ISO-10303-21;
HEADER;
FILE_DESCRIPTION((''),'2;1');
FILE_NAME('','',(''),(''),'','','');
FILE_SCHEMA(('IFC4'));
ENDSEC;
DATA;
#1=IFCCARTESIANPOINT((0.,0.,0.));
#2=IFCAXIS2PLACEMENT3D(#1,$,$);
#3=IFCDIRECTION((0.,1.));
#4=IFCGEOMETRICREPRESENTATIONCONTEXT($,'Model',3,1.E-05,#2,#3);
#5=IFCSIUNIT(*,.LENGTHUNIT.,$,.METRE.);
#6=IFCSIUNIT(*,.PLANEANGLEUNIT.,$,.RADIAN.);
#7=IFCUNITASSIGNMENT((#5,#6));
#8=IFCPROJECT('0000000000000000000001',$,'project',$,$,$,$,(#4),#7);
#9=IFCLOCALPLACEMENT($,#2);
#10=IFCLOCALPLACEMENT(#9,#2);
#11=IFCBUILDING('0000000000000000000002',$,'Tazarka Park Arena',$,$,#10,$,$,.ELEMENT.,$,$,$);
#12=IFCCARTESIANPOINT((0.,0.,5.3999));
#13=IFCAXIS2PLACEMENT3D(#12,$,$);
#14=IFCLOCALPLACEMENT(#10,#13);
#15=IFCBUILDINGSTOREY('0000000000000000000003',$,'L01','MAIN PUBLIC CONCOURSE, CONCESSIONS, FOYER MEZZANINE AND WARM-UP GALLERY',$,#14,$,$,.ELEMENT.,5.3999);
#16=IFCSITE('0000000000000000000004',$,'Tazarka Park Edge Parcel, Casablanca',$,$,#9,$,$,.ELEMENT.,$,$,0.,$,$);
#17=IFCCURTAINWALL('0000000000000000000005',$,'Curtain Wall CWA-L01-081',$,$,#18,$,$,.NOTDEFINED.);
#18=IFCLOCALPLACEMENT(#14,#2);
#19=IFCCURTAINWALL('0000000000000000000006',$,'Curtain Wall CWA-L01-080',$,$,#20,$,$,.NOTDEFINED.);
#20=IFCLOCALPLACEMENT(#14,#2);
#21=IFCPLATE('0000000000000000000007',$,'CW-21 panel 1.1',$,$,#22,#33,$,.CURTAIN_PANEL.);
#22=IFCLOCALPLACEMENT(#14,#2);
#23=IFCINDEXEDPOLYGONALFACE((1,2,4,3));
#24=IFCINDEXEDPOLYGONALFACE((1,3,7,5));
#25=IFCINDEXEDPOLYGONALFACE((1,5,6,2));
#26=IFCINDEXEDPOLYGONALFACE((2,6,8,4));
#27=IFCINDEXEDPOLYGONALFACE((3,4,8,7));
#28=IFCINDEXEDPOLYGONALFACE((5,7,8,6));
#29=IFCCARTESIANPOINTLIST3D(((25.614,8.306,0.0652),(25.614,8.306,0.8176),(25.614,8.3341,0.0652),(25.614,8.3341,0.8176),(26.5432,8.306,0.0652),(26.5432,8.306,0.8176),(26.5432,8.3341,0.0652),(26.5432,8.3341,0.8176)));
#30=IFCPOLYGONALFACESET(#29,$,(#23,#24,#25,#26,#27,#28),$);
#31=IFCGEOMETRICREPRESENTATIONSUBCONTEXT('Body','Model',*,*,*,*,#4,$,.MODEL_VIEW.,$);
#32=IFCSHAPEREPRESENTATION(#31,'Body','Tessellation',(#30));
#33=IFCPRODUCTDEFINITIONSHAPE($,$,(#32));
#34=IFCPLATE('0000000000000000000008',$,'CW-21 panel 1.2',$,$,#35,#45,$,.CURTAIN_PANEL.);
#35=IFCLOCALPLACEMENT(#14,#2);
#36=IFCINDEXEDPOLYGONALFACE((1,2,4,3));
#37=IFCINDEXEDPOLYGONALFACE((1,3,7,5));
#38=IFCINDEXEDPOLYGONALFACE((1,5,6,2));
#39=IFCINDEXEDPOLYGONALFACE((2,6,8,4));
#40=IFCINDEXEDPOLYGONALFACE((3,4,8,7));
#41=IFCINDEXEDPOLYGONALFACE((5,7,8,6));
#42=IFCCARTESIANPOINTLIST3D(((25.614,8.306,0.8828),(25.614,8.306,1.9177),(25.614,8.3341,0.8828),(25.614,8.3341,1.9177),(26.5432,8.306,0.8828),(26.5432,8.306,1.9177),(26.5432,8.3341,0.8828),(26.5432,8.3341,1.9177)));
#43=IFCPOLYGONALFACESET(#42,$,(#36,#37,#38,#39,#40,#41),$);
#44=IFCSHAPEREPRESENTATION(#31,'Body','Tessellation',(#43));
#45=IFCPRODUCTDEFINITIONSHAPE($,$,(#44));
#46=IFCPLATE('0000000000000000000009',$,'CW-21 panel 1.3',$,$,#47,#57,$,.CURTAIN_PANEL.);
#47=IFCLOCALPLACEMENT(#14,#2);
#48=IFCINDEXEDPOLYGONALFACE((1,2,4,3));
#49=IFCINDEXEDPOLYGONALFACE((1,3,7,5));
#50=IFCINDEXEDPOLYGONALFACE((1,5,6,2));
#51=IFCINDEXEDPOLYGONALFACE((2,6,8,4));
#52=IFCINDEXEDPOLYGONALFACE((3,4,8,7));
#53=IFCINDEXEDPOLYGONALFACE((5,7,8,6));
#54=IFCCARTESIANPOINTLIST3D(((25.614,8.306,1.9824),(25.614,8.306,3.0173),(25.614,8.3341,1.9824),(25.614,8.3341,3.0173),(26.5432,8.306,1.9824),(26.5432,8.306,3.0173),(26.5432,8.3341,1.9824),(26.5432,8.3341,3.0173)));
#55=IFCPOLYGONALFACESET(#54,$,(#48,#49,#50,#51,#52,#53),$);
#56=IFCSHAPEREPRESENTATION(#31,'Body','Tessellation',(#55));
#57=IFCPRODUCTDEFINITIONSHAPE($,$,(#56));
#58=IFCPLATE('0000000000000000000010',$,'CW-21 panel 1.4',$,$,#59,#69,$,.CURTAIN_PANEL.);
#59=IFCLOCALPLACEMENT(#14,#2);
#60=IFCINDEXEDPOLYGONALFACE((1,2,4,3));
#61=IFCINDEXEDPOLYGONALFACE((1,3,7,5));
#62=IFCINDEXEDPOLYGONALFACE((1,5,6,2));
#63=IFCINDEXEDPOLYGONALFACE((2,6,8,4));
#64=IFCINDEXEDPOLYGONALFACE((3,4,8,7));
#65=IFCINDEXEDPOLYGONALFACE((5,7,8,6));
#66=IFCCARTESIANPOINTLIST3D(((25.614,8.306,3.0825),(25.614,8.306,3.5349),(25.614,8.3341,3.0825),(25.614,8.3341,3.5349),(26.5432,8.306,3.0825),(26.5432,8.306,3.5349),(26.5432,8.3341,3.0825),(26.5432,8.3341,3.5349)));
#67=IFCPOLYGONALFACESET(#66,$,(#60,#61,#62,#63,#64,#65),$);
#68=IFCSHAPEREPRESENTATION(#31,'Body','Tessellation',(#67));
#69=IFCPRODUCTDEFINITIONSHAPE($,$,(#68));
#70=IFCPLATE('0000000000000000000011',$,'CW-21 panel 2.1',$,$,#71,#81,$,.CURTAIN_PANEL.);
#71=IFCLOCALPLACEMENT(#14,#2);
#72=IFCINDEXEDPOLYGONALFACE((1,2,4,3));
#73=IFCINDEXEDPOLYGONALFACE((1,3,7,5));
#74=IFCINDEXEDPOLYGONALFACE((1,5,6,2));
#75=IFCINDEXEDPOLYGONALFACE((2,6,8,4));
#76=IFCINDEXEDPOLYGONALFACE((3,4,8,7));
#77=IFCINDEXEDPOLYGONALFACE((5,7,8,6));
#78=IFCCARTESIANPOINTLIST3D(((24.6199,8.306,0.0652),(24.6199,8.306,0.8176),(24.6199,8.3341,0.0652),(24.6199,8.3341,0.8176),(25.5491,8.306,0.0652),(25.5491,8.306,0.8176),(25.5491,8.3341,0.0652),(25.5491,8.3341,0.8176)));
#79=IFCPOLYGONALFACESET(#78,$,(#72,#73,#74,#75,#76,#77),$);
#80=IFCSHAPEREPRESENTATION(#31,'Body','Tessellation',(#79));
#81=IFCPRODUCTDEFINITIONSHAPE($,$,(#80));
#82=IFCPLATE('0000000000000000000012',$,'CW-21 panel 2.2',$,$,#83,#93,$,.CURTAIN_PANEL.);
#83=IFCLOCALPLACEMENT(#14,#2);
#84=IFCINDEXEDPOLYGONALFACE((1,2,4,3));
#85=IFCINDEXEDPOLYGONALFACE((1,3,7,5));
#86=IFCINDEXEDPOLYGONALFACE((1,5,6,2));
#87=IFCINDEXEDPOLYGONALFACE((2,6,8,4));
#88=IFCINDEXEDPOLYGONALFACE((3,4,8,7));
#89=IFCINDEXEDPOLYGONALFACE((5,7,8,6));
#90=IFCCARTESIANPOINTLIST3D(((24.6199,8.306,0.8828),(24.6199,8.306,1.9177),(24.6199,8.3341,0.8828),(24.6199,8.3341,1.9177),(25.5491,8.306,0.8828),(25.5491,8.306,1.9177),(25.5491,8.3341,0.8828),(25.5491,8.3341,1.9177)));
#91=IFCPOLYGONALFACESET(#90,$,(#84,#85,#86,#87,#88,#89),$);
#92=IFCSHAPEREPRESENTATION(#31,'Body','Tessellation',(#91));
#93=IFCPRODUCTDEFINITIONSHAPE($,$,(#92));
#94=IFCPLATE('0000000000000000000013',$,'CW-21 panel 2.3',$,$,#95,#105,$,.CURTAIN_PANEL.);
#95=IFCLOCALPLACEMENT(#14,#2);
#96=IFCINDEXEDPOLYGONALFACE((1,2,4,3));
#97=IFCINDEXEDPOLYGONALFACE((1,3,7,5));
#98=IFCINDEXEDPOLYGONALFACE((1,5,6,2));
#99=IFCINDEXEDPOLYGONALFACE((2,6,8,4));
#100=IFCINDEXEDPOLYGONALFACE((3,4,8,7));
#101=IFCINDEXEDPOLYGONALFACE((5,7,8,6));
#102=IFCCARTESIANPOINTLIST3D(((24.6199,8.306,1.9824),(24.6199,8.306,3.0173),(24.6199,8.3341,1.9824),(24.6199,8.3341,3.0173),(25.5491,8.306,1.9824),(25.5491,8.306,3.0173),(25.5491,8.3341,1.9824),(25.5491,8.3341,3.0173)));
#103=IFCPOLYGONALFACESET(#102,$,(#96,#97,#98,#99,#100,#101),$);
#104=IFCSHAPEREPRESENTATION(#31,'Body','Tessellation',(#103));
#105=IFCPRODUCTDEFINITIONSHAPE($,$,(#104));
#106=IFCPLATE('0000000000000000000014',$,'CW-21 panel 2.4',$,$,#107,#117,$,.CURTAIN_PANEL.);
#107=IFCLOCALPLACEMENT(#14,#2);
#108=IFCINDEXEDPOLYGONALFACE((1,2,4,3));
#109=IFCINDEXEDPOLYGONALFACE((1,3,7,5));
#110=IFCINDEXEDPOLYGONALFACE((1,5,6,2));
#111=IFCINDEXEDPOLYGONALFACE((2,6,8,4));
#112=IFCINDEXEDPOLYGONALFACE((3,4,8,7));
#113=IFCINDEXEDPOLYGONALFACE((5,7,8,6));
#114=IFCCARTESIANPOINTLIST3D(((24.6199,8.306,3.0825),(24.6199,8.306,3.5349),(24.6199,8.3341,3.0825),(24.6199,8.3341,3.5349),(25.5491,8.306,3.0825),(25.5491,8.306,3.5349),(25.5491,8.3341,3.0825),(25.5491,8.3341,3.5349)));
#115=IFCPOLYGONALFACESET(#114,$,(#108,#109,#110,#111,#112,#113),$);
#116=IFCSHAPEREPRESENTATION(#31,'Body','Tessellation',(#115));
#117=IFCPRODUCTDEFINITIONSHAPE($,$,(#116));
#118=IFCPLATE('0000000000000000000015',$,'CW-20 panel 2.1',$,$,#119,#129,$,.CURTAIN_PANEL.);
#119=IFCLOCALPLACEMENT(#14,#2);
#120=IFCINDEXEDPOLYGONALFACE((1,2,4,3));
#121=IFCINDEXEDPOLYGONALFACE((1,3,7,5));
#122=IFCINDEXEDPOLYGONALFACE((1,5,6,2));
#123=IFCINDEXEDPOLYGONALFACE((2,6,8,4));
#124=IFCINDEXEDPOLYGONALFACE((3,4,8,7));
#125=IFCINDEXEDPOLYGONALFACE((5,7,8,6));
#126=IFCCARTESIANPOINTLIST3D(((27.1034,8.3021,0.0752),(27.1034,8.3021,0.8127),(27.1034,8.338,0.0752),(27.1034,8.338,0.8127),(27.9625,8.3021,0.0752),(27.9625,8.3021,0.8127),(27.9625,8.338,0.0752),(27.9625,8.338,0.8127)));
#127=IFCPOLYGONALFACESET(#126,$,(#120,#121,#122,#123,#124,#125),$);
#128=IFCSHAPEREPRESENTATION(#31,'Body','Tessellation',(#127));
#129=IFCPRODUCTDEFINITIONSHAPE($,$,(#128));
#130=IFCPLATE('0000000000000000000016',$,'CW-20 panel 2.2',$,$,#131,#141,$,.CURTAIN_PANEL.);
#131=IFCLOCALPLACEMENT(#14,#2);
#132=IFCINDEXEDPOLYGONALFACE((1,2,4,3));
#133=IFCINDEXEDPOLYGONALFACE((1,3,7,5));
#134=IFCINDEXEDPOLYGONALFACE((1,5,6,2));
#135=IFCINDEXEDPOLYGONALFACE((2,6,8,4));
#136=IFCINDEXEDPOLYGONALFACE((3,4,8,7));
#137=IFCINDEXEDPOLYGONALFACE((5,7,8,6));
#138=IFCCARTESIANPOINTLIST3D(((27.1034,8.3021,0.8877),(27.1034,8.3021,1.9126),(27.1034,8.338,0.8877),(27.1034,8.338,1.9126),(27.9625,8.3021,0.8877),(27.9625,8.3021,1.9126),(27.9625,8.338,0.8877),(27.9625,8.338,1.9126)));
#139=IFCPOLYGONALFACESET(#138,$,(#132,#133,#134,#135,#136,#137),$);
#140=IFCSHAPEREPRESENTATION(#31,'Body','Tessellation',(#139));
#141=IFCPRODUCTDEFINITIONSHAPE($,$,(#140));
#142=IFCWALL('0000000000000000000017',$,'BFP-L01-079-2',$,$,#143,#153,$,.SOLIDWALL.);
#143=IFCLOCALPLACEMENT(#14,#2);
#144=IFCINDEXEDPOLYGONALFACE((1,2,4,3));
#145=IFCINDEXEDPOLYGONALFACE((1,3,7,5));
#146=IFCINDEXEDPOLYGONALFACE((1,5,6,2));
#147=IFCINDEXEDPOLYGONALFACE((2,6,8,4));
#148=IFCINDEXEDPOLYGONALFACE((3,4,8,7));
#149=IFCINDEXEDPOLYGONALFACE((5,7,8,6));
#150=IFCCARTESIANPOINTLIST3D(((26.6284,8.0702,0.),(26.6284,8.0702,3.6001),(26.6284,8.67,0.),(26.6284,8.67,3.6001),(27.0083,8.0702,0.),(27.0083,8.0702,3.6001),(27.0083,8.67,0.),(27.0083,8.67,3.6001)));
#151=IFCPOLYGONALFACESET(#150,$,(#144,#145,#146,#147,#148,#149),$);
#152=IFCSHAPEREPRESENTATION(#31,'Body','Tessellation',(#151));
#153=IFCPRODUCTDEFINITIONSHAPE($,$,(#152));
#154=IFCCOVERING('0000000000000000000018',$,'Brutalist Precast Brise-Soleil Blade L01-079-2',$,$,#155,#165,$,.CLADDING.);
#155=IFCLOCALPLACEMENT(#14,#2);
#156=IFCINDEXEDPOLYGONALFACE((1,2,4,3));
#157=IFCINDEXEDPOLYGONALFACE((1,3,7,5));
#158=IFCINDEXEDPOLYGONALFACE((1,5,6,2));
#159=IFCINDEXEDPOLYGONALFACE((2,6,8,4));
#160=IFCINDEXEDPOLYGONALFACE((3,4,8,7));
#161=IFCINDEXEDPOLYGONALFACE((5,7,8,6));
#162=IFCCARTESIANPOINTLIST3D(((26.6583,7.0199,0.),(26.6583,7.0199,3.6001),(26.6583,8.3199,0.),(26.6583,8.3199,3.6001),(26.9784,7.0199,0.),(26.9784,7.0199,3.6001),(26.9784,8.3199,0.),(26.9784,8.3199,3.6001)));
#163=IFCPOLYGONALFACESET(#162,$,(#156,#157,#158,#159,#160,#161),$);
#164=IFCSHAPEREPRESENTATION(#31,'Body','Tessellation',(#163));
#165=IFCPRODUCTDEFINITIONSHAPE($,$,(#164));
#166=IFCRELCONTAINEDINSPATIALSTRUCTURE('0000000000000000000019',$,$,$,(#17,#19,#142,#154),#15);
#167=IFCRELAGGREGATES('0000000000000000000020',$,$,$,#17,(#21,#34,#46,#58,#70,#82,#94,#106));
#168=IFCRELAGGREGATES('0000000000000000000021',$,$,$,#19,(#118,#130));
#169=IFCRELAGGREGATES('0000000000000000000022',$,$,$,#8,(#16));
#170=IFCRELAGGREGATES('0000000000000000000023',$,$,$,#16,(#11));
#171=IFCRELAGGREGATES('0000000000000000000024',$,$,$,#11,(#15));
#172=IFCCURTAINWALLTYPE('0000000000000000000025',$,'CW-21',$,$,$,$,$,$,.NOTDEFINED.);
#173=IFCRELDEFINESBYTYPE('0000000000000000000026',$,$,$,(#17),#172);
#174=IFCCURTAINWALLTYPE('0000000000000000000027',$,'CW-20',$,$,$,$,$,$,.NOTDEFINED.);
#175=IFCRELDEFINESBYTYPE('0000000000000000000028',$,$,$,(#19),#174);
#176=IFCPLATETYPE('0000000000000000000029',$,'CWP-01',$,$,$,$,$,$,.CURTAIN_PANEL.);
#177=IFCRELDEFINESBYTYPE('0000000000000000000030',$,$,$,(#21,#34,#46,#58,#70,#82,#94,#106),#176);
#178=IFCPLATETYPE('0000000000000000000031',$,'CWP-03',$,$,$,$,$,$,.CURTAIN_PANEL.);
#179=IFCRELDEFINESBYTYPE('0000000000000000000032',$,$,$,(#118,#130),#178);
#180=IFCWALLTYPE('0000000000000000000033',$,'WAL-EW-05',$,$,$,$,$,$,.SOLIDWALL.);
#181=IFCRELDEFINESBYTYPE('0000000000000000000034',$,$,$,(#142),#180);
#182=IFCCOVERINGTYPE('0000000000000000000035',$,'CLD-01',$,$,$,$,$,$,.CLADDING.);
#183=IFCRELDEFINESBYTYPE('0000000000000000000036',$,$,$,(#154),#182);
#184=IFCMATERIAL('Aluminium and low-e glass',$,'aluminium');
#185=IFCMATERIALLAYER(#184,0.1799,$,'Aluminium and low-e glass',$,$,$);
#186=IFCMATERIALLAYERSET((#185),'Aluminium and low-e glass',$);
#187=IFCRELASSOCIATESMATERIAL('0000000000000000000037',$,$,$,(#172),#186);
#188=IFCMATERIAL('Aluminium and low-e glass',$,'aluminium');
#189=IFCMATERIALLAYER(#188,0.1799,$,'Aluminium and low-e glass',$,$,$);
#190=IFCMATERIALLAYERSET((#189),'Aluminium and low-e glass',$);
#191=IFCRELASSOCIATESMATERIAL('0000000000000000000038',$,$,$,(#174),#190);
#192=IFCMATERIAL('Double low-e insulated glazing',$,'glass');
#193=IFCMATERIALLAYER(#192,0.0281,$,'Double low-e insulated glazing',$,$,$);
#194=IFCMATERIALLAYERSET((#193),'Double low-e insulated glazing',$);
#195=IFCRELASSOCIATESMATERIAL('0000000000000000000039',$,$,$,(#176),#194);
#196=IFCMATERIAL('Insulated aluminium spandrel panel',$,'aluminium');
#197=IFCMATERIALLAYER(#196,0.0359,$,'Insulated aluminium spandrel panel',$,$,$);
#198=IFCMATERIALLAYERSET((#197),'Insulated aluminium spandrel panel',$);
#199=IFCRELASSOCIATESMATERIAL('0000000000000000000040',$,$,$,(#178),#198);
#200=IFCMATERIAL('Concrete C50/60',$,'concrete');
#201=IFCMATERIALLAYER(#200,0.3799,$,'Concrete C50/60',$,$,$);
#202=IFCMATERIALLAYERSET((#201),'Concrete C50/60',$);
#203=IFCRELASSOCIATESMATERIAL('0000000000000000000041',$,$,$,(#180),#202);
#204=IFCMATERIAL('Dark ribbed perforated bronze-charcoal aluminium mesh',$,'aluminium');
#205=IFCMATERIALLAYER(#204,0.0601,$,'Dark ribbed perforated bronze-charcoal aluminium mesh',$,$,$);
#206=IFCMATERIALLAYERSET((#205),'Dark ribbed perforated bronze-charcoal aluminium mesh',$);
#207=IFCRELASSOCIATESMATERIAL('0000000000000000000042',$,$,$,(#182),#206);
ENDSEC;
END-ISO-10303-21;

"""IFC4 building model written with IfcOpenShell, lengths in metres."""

from ifc_helpers import new_model, si_unit, direction, frame, frame_2d, origin, origin_2d, place, context, subcontext, project, spatial, rectangle, extrude, material, layer, layer_set, type_object, element, aggregate, save


model = new_model("IFC4")

# Units and contexts
model_context = context("Model", 3, precision=1e-05, world=origin(), true_north=direction((0.0, 1.0)))
body_context = subcontext(model_context, "Body", "Model", "MODEL_VIEW")
ifc_project = project(units=[si_unit("LENGTHUNIT", "METRE"), si_unit("PLANEANGLEUNIT", "RADIAN")], contexts=[model_context])

# Site, building, storey
site_placement = place(None, origin())
site = spatial("IfcSite", under=ifc_project, at=site_placement, Name="Tazarka Park Edge Parcel, Casablanca", CompositionType="ELEMENT", RefElevation=0.0)
building_placement = place(site_placement, origin())
building = spatial("IfcBuilding", under=site, at=building_placement, Name="Tazarka Park Arena", CompositionType="ELEMENT")
storey_placement = place(building_placement, frame((0.0, 0.0, 5.3999)))
storey = spatial("IfcBuildingStorey", under=building, at=storey_placement, Name="L01", Description="MAIN PUBLIC CONCOURSE, CONCESSIONS, FOYER MEZZANINE AND WARM-UP GALLERY", CompositionType="ELEMENT", Elevation=5.3999)

# Curtain wall
ifc_material_1 = material(Name="Aluminium and low-e glass", Category="aluminium")
ifc_layer_1 = layer(ifc_material_1, 0.1799, Name="Aluminium and low-e glass")
ifc_layer_set_1 = layer_set([ifc_layer_1], Name="Aluminium and low-e glass")
curtain_wall_type_1 = type_object("IfcCurtainWallType", Name="CW-21", PredefinedType="NOTDEFINED", material=ifc_layer_set_1)
curtain_wall_1_placement = place(storey_placement, origin())
curtain_wall_1 = element("IfcCurtainWall", 1, at=curtain_wall_1_placement, inside=storey, type_object=curtain_wall_type_1, Name="Curtain Wall CWA-L01-081", PredefinedType="NOTDEFINED")

# Curtain wall
ifc_material_2 = material(Name="Aluminium and low-e glass", Category="aluminium")
ifc_layer_2 = layer(ifc_material_2, 0.1799, Name="Aluminium and low-e glass")
ifc_layer_set_2 = layer_set([ifc_layer_2], Name="Aluminium and low-e glass")
curtain_wall_type_2 = type_object("IfcCurtainWallType", Name="CW-20", PredefinedType="NOTDEFINED", material=ifc_layer_set_2)
curtain_wall_2_placement = place(storey_placement, origin())
curtain_wall_2 = element("IfcCurtainWall", 2, at=curtain_wall_2_placement, inside=storey, type_object=curtain_wall_type_2, Name="Curtain Wall CWA-L01-080", PredefinedType="NOTDEFINED")

# Plates
ifc_material_3 = material(Name="Double low-e insulated glazing", Category="glass")
ifc_layer_3 = layer(ifc_material_3, 0.0281, Name="Double low-e insulated glazing")
ifc_layer_set_3 = layer_set([ifc_layer_3], Name="Double low-e insulated glazing")
plate_type_1 = type_object("IfcPlateType", Name="CWP-01", PredefinedType="CURTAIN_PANEL", material=ifc_layer_set_3)
plate_1_placement = place(storey_placement, frame((26.0786, 8.3201, 0.0652), z_axis=(0.0, 0.0, 1.0), x_axis=(-1.0, 0.0, 0.0)))
plate_1 = element("IfcPlate", 3, at=plate_1_placement, type_object=plate_type_1, Name="CW-21 panel 1.1", PredefinedType="CURTAIN_PANEL", context=body_context, shape_type="SweptSolid", body=[
    extrude(rectangle(XDim=0.9292, YDim=0.0281, at=origin_2d()), origin(), (0.0, 0.0, 1.0), 0.7524),
])
plate_2_placement = place(storey_placement, frame((26.0786, 8.3201, 0.8828), z_axis=(0.0, 0.0, 1.0), x_axis=(-1.0, 0.0, 0.0)))
plate_2 = element("IfcPlate", 4, at=plate_2_placement, type_object=plate_type_1, Name="CW-21 panel 1.2", PredefinedType="CURTAIN_PANEL", context=body_context, shape_type="SweptSolid", body=[
    extrude(rectangle(XDim=0.9292, YDim=0.0281, at=origin_2d()), origin(), (0.0, 0.0, 1.0), 1.0349),
])
plate_3_placement = place(storey_placement, frame((26.0786, 8.3201, 1.9824), z_axis=(0.0, 0.0, 1.0), x_axis=(-1.0, 0.0, 0.0)))
plate_3 = element("IfcPlate", 5, at=plate_3_placement, type_object=plate_type_1, Name="CW-21 panel 1.3", PredefinedType="CURTAIN_PANEL", context=body_context, shape_type="SweptSolid", body=[
    extrude(rectangle(XDim=0.9292, YDim=0.0281, at=origin_2d()), origin(), (0.0, 0.0, 1.0), 1.0349),
])
plate_4_placement = place(storey_placement, frame((26.0786, 8.3201, 3.0825), z_axis=(0.0, 0.0, 1.0), x_axis=(-1.0, 0.0, 0.0)))
plate_4 = element("IfcPlate", 6, at=plate_4_placement, type_object=plate_type_1, Name="CW-21 panel 1.4", PredefinedType="CURTAIN_PANEL", context=body_context, shape_type="SweptSolid", body=[
    extrude(rectangle(XDim=0.9292, YDim=0.0281, at=origin_2d()), origin(), (0.0, 0.0, 1.0), 0.4524),
])
plate_5_placement = place(storey_placement, frame((25.0845, 8.3201, 0.0652), z_axis=(0.0, 0.0, 1.0), x_axis=(-1.0, 0.0, 0.0)))
plate_5 = element("IfcPlate", 7, at=plate_5_placement, type_object=plate_type_1, Name="CW-21 panel 2.1", PredefinedType="CURTAIN_PANEL", context=body_context, shape_type="SweptSolid", body=[
    extrude(rectangle(XDim=0.9292, YDim=0.0281, at=origin_2d()), origin(), (0.0, 0.0, 1.0), 0.7524),
])
plate_6_placement = place(storey_placement, frame((25.0845, 8.3201, 0.8828), z_axis=(0.0, 0.0, 1.0), x_axis=(-1.0, 0.0, 0.0)))
plate_6 = element("IfcPlate", 8, at=plate_6_placement, type_object=plate_type_1, Name="CW-21 panel 2.2", PredefinedType="CURTAIN_PANEL", context=body_context, shape_type="SweptSolid", body=[
    extrude(rectangle(XDim=0.9292, YDim=0.0281, at=origin_2d()), origin(), (0.0, 0.0, 1.0), 1.0349),
])
plate_7_placement = place(storey_placement, frame((25.0845, 8.3201, 1.9824), z_axis=(0.0, 0.0, 1.0), x_axis=(-1.0, 0.0, 0.0)))
plate_7 = element("IfcPlate", 9, at=plate_7_placement, type_object=plate_type_1, Name="CW-21 panel 2.3", PredefinedType="CURTAIN_PANEL", context=body_context, shape_type="SweptSolid", body=[
    extrude(rectangle(XDim=0.9292, YDim=0.0281, at=origin_2d()), origin(), (0.0, 0.0, 1.0), 1.0349),
])
plate_8_placement = place(storey_placement, frame((25.0845, 8.3201, 3.0825), z_axis=(0.0, 0.0, 1.0), x_axis=(-1.0, 0.0, 0.0)))
plate_8 = element("IfcPlate", 10, at=plate_8_placement, type_object=plate_type_1, Name="CW-21 panel 2.4", PredefinedType="CURTAIN_PANEL", context=body_context, shape_type="SweptSolid", body=[
    extrude(rectangle(XDim=0.9292, YDim=0.0281, at=origin_2d()), origin(), (0.0, 0.0, 1.0), 0.4524),
])
aggregate(curtain_wall_1, [plate_1, plate_2, plate_3, plate_4, plate_5, plate_6, plate_7, plate_8])
ifc_material_4 = material(Name="Insulated aluminium spandrel panel", Category="aluminium")
ifc_layer_4 = layer(ifc_material_4, 0.0359, Name="Insulated aluminium spandrel panel")
ifc_layer_set_4 = layer_set([ifc_layer_4], Name="Insulated aluminium spandrel panel")
plate_type_2 = type_object("IfcPlateType", Name="CWP-03", PredefinedType="CURTAIN_PANEL", material=ifc_layer_set_4)
plate_9_placement = place(storey_placement, frame((27.533, 8.3201, 0.0752), z_axis=(0.0, 0.0, 1.0), x_axis=(-1.0, 0.0, 0.0)))
plate_9 = element("IfcPlate", 11, at=plate_9_placement, type_object=plate_type_2, Name="CW-20 panel 2.1", PredefinedType="CURTAIN_PANEL", context=body_context, shape_type="SweptSolid", body=[
    extrude(rectangle(XDim=0.8591, YDim=0.0359, at=origin_2d()), origin(), (0.0, 0.0, 1.0), 0.7375),
])
plate_10_placement = place(storey_placement, frame((27.533, 8.3201, 0.8877), z_axis=(0.0, 0.0, 1.0), x_axis=(-1.0, 0.0, 0.0)))
plate_10 = element("IfcPlate", 12, at=plate_10_placement, type_object=plate_type_2, Name="CW-20 panel 2.2", PredefinedType="CURTAIN_PANEL", context=body_context, shape_type="SweptSolid", body=[
    extrude(rectangle(XDim=0.8591, YDim=0.0359, at=origin_2d()), origin(), (0.0, 0.0, 1.0), 1.0249),
])
aggregate(curtain_wall_2, [plate_9, plate_10])

# Wall
ifc_material_5 = material(Name="Concrete C50/60", Category="concrete")
ifc_layer_5 = layer(ifc_material_5, 0.3799, Name="Concrete C50/60")
ifc_layer_set_5 = layer_set([ifc_layer_5], Name="Concrete C50/60")
wall_type = type_object("IfcWallType", Name="WAL-EW-05", PredefinedType="SOLIDWALL", material=ifc_layer_set_5)
wall_placement = place(storey_placement, frame((26.8184, 8.6699, 0.0), z_axis=(0.0, 0.0, 1.0), x_axis=(0.0, -1.0, 0.0)))
element("IfcWall", 13, at=wall_placement, inside=storey, type_object=wall_type, Name="BFP-L01-079-2", PredefinedType="SOLIDWALL", context=body_context, shape_type="SweptSolid", body=[
    extrude(rectangle(XDim=0.5999, YDim=0.3799, at=frame_2d((0.2998, 0.0))), origin(), (0.0, 0.0, 1.0), 3.6001),
])

# Covering
ifc_material_6 = material(Name="Dark ribbed perforated bronze-charcoal aluminium mesh", Category="aluminium")
ifc_layer_6 = layer(ifc_material_6, 0.0601, Name="Dark ribbed perforated bronze-charcoal aluminium mesh")
ifc_layer_set_6 = layer_set([ifc_layer_6], Name="Dark ribbed perforated bronze-charcoal aluminium mesh")
covering_type = type_object("IfcCoveringType", Name="CLD-01", PredefinedType="CLADDING", material=ifc_layer_set_6)
covering_placement = place(storey_placement, frame((26.8184, 7.6699, 0.0), z_axis=(0.0, 0.0, 1.0), x_axis=(-1.0, 0.0, 0.0)))
element("IfcCovering", 14, at=covering_placement, inside=storey, type_object=covering_type, Name="Brutalist Precast Brise-Soleil Blade L01-079-2", PredefinedType="CLADDING", context=body_context, shape_type="SweptSolid", body=[
    extrude(rectangle(XDim=0.3201, YDim=1.3, at=origin_2d()), origin(), (0.0, 0.0, 1.0), 3.6001),
])

save(model, "model.ifc")
